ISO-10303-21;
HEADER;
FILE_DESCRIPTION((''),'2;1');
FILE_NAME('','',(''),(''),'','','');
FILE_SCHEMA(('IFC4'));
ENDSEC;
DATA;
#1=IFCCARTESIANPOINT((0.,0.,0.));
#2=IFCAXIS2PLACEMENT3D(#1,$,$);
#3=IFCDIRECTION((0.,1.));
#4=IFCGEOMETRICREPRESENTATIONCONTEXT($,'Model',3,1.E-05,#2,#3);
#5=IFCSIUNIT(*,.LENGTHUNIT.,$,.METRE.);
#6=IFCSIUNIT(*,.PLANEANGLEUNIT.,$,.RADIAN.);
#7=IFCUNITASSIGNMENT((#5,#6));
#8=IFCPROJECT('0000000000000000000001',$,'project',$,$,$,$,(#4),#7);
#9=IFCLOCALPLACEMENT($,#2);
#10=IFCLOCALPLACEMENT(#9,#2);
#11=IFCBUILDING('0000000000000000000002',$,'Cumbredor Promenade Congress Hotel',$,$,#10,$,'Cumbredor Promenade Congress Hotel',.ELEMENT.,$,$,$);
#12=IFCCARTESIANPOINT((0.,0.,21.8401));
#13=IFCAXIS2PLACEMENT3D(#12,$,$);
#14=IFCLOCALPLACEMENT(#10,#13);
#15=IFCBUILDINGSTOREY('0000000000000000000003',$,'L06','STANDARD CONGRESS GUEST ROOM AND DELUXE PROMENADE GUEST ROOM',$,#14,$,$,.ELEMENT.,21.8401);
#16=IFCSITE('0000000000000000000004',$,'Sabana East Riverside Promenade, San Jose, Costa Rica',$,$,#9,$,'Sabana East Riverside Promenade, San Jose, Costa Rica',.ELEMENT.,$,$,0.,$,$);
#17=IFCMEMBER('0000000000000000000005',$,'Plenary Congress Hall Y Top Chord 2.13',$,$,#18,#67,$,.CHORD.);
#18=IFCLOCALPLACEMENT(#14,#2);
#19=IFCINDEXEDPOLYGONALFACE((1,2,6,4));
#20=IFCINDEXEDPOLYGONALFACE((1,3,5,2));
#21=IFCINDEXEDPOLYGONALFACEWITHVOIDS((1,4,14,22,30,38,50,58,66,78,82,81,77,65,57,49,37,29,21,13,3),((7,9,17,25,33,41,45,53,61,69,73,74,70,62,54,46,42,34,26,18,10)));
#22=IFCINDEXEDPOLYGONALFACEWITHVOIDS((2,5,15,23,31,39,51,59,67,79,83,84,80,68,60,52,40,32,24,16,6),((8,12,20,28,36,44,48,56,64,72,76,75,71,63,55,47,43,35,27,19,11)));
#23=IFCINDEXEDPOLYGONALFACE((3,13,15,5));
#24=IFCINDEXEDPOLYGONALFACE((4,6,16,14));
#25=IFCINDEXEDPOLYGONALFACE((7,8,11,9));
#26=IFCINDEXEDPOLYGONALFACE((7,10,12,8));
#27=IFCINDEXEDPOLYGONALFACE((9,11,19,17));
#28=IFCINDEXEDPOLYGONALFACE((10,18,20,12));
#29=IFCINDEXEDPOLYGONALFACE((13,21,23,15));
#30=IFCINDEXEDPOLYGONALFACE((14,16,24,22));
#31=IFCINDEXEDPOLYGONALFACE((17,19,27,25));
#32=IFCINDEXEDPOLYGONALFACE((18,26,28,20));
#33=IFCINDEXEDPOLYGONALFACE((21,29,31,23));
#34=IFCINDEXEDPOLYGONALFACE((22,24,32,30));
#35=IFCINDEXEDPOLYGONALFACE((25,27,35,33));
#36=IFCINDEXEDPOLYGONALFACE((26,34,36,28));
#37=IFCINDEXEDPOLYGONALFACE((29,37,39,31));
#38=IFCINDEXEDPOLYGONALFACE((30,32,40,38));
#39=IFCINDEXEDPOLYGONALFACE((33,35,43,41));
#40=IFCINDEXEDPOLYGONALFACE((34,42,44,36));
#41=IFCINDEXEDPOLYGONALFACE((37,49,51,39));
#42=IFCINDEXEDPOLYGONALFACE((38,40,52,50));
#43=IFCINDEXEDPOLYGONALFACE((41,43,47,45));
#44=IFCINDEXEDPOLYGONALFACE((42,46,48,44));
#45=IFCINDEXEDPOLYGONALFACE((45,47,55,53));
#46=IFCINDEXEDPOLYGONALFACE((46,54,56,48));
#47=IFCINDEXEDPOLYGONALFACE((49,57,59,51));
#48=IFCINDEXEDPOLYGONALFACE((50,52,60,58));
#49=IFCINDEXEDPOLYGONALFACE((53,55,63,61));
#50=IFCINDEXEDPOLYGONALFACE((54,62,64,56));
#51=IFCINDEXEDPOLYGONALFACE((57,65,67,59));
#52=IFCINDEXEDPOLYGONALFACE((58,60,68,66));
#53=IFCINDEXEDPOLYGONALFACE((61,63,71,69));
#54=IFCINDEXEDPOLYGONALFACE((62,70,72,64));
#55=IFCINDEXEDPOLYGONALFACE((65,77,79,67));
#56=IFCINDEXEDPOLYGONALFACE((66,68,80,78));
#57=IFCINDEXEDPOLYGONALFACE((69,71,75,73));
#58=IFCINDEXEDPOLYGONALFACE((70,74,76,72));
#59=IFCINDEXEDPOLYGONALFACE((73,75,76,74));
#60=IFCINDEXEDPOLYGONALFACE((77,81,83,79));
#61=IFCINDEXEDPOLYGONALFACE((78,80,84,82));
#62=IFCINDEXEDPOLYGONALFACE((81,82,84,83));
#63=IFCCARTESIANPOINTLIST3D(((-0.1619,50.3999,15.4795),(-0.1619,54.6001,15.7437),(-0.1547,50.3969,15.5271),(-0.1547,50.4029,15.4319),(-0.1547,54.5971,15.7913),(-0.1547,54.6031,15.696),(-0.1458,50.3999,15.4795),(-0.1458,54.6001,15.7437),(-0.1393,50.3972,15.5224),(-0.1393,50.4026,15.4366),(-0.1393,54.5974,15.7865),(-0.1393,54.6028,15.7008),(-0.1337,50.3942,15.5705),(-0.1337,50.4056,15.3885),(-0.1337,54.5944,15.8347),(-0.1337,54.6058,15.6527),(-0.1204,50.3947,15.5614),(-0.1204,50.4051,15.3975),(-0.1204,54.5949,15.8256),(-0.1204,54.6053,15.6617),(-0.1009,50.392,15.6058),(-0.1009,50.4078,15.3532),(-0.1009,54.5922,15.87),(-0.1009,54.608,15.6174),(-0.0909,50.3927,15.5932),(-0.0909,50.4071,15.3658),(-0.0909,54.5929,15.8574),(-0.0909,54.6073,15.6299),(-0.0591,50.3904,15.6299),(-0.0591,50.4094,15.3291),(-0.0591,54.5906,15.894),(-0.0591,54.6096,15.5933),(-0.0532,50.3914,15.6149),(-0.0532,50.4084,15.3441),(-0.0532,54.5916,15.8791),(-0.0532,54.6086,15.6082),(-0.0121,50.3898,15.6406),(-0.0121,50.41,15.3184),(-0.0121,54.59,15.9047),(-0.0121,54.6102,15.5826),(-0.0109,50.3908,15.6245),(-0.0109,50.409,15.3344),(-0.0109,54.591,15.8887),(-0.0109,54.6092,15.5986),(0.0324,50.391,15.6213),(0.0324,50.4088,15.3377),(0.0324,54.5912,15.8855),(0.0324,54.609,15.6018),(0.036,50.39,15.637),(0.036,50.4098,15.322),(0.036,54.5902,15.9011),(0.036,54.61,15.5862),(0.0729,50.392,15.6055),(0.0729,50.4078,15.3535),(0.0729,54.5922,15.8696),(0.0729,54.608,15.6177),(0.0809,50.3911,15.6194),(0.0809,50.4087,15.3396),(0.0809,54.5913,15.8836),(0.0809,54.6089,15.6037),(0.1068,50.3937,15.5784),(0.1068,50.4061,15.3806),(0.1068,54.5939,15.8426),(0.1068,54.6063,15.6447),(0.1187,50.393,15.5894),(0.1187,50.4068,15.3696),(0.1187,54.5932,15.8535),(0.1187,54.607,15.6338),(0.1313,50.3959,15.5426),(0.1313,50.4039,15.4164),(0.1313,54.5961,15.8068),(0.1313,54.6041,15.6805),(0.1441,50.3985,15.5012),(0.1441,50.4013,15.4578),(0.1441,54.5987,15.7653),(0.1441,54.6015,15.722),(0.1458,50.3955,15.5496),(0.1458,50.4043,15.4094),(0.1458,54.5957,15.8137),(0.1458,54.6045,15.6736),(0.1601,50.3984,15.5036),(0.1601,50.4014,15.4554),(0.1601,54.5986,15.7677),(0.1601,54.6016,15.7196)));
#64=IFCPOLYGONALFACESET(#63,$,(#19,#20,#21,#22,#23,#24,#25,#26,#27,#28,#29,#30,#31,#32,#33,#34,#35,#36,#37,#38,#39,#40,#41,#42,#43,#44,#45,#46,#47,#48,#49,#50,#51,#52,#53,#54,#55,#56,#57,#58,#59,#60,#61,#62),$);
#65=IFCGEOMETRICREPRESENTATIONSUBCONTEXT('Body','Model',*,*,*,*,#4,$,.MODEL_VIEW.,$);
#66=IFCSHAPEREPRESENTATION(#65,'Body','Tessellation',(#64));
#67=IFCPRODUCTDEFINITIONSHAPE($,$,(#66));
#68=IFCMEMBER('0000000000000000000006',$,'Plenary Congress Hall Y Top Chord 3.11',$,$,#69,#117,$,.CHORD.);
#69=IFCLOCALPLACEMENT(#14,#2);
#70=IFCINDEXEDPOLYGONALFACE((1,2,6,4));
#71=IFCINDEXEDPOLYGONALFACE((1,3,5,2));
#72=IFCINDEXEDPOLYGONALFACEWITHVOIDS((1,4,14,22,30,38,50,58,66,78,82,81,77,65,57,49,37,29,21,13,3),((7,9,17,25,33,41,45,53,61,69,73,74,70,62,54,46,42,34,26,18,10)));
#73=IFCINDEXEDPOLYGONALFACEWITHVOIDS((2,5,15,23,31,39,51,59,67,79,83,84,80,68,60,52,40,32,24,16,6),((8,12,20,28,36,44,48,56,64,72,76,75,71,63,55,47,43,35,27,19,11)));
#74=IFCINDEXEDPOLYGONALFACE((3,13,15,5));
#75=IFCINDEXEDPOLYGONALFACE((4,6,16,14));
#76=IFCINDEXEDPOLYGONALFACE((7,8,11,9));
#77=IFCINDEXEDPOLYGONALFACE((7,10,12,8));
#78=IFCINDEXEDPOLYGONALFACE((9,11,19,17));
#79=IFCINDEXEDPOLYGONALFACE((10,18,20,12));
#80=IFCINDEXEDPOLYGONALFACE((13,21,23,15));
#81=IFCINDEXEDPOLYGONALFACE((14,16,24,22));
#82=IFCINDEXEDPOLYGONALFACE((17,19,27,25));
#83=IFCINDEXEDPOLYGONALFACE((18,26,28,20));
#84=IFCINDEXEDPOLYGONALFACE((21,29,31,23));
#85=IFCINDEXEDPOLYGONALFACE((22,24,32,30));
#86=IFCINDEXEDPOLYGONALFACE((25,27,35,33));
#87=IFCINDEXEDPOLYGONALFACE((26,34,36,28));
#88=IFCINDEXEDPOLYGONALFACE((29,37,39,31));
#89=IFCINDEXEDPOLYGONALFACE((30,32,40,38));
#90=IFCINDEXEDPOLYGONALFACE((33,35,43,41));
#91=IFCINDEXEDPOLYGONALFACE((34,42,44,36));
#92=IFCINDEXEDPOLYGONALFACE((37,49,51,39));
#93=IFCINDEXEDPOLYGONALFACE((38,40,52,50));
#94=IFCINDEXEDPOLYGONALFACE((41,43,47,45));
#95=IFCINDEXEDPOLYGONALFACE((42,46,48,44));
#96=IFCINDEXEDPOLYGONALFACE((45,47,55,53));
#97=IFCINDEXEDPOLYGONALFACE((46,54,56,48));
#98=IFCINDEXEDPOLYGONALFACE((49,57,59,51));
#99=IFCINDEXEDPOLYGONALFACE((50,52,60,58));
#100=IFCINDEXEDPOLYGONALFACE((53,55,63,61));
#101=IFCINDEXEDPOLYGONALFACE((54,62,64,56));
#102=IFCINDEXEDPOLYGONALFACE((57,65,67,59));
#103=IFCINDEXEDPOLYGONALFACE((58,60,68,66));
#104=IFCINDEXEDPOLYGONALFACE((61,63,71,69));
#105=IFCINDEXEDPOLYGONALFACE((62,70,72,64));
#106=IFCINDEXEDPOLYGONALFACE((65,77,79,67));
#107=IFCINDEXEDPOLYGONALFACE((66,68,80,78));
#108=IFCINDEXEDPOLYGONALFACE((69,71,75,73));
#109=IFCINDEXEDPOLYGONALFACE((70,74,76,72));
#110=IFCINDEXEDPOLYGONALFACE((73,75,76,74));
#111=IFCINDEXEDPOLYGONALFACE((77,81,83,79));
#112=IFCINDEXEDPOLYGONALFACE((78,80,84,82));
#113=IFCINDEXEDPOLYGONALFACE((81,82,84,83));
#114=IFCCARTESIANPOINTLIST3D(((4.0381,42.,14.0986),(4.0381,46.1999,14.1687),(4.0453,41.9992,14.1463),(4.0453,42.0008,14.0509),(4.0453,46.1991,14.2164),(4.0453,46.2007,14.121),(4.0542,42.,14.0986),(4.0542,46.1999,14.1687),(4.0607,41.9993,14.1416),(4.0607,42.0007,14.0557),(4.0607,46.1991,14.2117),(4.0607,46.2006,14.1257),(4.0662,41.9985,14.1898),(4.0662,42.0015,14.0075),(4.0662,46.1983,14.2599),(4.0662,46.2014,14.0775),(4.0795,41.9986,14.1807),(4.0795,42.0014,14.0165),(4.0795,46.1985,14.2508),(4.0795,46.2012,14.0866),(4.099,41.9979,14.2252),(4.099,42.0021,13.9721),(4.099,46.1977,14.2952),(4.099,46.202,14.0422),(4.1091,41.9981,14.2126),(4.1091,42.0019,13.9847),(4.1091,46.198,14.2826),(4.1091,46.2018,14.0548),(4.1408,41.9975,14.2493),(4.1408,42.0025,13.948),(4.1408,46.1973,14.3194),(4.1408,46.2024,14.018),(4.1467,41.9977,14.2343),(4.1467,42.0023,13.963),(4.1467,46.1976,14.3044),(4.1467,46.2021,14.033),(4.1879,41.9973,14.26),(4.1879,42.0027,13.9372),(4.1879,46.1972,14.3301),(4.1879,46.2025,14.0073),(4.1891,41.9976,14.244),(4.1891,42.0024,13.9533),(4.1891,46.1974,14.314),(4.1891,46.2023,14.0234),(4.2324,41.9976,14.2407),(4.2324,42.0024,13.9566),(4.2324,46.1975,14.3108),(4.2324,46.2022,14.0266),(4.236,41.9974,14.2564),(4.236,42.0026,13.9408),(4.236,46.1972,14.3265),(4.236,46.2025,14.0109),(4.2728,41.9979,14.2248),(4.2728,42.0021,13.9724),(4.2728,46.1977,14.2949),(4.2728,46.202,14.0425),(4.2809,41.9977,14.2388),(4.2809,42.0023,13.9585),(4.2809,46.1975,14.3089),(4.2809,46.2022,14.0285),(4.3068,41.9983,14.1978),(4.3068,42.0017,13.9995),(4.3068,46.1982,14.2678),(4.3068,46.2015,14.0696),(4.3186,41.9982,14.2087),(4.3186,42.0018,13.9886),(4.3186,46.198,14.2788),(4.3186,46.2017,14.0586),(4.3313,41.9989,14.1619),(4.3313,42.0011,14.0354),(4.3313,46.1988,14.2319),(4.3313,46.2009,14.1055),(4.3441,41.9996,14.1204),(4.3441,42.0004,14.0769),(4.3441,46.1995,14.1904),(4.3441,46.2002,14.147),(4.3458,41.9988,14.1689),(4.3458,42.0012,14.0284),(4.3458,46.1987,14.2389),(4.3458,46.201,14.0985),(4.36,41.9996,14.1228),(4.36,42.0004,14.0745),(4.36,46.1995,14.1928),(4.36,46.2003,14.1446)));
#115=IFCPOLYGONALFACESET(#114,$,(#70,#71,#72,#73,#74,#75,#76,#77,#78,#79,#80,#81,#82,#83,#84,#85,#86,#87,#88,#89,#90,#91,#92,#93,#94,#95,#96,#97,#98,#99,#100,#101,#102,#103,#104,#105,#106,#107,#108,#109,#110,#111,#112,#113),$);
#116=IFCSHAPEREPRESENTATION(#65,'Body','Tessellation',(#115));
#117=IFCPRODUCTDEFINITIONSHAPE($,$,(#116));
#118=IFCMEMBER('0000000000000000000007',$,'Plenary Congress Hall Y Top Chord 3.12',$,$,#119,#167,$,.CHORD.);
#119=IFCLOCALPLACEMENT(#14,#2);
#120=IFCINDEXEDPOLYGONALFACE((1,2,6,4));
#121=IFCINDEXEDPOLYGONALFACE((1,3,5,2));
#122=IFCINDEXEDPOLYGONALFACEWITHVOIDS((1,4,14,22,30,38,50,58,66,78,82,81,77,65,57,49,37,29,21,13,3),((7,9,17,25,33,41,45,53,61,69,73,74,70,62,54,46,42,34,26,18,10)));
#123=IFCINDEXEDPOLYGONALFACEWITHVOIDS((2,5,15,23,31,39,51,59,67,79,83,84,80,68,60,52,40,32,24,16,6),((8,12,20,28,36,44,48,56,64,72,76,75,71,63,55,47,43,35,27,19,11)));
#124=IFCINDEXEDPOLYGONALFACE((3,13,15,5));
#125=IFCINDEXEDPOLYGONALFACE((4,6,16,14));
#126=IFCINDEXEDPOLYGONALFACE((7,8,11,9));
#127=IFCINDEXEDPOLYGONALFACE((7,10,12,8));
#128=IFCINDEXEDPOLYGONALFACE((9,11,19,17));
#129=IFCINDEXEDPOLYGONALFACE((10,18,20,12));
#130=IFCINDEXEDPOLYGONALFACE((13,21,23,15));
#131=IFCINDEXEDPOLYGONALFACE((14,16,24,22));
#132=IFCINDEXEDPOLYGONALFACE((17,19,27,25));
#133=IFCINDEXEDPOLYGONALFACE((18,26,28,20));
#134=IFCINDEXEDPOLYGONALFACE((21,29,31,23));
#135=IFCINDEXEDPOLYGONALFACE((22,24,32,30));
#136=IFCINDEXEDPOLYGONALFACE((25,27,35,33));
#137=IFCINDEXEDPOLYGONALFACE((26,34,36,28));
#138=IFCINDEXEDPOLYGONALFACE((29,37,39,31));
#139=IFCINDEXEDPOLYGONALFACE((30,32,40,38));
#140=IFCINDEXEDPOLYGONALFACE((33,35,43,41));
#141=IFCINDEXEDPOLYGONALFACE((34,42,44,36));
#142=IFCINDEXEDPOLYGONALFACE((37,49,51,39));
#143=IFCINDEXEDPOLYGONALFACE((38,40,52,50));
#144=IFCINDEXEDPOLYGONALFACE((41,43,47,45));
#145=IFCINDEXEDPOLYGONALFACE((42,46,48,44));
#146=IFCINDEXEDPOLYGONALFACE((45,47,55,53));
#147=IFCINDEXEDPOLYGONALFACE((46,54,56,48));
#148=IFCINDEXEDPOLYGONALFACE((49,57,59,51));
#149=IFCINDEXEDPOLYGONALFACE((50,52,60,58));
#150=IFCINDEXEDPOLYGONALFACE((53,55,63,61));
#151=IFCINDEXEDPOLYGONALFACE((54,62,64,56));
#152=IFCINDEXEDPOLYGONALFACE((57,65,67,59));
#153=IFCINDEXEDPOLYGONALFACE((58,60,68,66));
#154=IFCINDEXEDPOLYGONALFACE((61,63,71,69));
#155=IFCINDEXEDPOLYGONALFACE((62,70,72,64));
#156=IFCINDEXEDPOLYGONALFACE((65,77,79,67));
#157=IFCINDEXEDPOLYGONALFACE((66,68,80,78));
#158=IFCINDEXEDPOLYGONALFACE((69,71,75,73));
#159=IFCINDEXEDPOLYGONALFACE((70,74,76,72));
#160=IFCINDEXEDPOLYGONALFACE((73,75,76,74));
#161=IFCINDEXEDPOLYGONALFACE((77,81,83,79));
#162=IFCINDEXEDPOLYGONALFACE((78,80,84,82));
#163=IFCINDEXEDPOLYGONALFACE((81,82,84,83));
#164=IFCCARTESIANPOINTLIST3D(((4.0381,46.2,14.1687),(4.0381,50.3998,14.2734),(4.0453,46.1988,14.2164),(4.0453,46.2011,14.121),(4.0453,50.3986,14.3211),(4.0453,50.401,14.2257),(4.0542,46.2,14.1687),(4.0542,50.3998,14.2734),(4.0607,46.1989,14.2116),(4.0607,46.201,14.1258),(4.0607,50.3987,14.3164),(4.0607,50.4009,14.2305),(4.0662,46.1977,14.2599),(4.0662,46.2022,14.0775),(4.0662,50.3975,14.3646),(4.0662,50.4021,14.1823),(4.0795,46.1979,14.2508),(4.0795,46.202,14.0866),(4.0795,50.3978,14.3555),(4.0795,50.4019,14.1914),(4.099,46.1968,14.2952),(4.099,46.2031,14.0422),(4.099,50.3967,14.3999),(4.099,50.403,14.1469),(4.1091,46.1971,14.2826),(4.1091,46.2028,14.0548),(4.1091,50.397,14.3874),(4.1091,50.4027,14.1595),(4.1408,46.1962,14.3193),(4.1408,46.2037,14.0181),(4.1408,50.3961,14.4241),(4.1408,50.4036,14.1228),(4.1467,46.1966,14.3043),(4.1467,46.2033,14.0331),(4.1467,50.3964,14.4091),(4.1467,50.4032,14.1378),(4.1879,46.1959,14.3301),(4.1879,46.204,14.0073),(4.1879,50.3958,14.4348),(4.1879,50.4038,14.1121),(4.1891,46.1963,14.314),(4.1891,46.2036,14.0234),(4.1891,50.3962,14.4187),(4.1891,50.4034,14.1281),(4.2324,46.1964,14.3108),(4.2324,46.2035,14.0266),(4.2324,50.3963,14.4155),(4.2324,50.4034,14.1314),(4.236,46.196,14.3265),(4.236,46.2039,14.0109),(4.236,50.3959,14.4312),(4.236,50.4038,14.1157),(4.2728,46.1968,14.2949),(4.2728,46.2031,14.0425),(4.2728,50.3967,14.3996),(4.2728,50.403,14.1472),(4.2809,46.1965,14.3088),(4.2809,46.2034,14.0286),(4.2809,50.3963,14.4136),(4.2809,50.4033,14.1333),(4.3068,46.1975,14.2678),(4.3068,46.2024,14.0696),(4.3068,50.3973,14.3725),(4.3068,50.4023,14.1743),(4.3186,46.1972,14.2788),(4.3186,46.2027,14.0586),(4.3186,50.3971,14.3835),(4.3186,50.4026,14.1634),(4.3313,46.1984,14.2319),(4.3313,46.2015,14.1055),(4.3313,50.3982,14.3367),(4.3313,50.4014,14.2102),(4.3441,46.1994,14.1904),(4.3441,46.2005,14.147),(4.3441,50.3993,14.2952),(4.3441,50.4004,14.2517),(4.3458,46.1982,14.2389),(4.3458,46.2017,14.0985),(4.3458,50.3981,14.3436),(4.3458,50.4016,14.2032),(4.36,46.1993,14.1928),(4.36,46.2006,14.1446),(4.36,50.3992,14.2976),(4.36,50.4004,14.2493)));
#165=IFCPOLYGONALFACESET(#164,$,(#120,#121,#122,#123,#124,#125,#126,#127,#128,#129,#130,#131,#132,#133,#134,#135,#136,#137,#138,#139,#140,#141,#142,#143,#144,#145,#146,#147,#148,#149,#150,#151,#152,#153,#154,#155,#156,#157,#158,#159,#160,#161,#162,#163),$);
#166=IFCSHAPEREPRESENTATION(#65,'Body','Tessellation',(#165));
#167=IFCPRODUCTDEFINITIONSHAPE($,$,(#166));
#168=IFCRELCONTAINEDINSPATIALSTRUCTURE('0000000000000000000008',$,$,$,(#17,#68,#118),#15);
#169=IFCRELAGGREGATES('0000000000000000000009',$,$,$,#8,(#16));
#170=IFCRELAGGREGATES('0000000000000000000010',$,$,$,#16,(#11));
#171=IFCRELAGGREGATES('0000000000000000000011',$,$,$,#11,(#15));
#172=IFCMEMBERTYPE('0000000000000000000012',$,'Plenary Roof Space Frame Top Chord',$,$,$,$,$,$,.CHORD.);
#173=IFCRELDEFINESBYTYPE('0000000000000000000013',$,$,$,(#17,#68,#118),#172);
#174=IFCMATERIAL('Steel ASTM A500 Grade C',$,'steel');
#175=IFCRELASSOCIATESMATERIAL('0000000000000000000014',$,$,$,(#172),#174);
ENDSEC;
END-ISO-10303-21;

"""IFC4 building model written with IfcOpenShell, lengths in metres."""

from ifc_helpers import new_model, si_unit, direction, frame, origin, origin_2d, place, context, subcontext, project, spatial, hollow_circle, extrude, material, material_profile, profile_set, type_object, element, save


model = new_model("IFC4")

# Units and contexts
model_context = context("Model", 3, precision=1e-05, world=origin(), true_north=direction((0.0, 1.0)))
body_context = subcontext(model_context, "Body", "Model", "MODEL_VIEW")
ifc_project = project(units=[si_unit("LENGTHUNIT", "METRE"), si_unit("PLANEANGLEUNIT", "RADIAN")], contexts=[model_context])

# Site, building, storey
site_placement = place(None, origin())
site = spatial("IfcSite", under=ifc_project, at=site_placement, Name="Sabana East Riverside Promenade, San Jose, Costa Rica", LongName="Sabana East Riverside Promenade, San Jose, Costa Rica", CompositionType="ELEMENT", RefElevation=0.0)
building_placement = place(site_placement, origin())
building = spatial("IfcBuilding", under=site, at=building_placement, Name="Cumbredor Promenade Congress Hotel", LongName="Cumbredor Promenade Congress Hotel", CompositionType="ELEMENT")
storey_placement = place(building_placement, frame((0.0, 0.0, 21.8401)))
storey = spatial("IfcBuildingStorey", under=building, at=storey_placement, Name="L06", Description="STANDARD CONGRESS GUEST ROOM AND DELUXE PROMENADE GUEST ROOM", CompositionType="ELEMENT", Elevation=21.8401)

# Members
ifc_material_1 = material(Name="Steel ASTM A500 Grade C", Category="steel")
ifc_material_profile_1 = material_profile(ifc_material_1, hollow_circle(Radius=0.1619, WallThickness=0.0161, at=origin_2d()), Name="CHS 323.9x16")
ifc_profile_set_1 = profile_set([ifc_material_profile_1], Name="Steel ASTM A500 Grade C")
member_type_1 = type_object("IfcMemberType", Name="Plenary Roof Space Frame Top Chord", PredefinedType="CHORD", material=ifc_profile_set_1)
member_1_placement = place(storey_placement, frame((0.0, 50.3999, 15.4795), z_axis=(0.0, 0.998028, 0.062768), x_axis=(-1.0, 0.0, 0.0)))
element("IfcMember", 1, at=member_1_placement, inside=storey, type_object=member_type_1, Name="Plenary Congress Hall Y Top Chord 2.13", PredefinedType="CHORD", context=body_context, shape_type="SweptSolid", body=[
    extrude(hollow_circle(Radius=0.1619, WallThickness=0.0161, at=origin_2d()), origin(), (0.0, 0.0, 1.0), 4.2085),
])
member_2_placement = place(storey_placement, frame((4.2, 42.0, 14.0986), z_axis=(0.0, 0.999861, 0.016681), x_axis=(-1.0, 0.0, 0.0)))
element("IfcMember", 2, at=member_2_placement, inside=storey, type_object=member_type_1, Name="Plenary Congress Hall Y Top Chord 3.11", PredefinedType="CHORD", context=body_context, shape_type="SweptSolid", body=[
    extrude(hollow_circle(Radius=0.1619, WallThickness=0.0161, at=origin_2d()), origin(), (0.0, 0.0, 1.0), 4.2004),
])
member_3_placement = place(storey_placement, frame((4.2, 46.2, 14.1687), z_axis=(0.0, 0.999689, 0.02493), x_axis=(-1.0, 0.0, 0.0)))
element("IfcMember", 3, at=member_3_placement, inside=storey, type_object=member_type_1, Name="Plenary Congress Hall Y Top Chord 3.12", PredefinedType="CHORD", context=body_context, shape_type="SweptSolid", body=[
    extrude(hollow_circle(Radius=0.1619, WallThickness=0.0161, at=origin_2d()), origin(), (0.0, 0.0, 1.0), 4.2012),
])

save(model, "model.ifc")
